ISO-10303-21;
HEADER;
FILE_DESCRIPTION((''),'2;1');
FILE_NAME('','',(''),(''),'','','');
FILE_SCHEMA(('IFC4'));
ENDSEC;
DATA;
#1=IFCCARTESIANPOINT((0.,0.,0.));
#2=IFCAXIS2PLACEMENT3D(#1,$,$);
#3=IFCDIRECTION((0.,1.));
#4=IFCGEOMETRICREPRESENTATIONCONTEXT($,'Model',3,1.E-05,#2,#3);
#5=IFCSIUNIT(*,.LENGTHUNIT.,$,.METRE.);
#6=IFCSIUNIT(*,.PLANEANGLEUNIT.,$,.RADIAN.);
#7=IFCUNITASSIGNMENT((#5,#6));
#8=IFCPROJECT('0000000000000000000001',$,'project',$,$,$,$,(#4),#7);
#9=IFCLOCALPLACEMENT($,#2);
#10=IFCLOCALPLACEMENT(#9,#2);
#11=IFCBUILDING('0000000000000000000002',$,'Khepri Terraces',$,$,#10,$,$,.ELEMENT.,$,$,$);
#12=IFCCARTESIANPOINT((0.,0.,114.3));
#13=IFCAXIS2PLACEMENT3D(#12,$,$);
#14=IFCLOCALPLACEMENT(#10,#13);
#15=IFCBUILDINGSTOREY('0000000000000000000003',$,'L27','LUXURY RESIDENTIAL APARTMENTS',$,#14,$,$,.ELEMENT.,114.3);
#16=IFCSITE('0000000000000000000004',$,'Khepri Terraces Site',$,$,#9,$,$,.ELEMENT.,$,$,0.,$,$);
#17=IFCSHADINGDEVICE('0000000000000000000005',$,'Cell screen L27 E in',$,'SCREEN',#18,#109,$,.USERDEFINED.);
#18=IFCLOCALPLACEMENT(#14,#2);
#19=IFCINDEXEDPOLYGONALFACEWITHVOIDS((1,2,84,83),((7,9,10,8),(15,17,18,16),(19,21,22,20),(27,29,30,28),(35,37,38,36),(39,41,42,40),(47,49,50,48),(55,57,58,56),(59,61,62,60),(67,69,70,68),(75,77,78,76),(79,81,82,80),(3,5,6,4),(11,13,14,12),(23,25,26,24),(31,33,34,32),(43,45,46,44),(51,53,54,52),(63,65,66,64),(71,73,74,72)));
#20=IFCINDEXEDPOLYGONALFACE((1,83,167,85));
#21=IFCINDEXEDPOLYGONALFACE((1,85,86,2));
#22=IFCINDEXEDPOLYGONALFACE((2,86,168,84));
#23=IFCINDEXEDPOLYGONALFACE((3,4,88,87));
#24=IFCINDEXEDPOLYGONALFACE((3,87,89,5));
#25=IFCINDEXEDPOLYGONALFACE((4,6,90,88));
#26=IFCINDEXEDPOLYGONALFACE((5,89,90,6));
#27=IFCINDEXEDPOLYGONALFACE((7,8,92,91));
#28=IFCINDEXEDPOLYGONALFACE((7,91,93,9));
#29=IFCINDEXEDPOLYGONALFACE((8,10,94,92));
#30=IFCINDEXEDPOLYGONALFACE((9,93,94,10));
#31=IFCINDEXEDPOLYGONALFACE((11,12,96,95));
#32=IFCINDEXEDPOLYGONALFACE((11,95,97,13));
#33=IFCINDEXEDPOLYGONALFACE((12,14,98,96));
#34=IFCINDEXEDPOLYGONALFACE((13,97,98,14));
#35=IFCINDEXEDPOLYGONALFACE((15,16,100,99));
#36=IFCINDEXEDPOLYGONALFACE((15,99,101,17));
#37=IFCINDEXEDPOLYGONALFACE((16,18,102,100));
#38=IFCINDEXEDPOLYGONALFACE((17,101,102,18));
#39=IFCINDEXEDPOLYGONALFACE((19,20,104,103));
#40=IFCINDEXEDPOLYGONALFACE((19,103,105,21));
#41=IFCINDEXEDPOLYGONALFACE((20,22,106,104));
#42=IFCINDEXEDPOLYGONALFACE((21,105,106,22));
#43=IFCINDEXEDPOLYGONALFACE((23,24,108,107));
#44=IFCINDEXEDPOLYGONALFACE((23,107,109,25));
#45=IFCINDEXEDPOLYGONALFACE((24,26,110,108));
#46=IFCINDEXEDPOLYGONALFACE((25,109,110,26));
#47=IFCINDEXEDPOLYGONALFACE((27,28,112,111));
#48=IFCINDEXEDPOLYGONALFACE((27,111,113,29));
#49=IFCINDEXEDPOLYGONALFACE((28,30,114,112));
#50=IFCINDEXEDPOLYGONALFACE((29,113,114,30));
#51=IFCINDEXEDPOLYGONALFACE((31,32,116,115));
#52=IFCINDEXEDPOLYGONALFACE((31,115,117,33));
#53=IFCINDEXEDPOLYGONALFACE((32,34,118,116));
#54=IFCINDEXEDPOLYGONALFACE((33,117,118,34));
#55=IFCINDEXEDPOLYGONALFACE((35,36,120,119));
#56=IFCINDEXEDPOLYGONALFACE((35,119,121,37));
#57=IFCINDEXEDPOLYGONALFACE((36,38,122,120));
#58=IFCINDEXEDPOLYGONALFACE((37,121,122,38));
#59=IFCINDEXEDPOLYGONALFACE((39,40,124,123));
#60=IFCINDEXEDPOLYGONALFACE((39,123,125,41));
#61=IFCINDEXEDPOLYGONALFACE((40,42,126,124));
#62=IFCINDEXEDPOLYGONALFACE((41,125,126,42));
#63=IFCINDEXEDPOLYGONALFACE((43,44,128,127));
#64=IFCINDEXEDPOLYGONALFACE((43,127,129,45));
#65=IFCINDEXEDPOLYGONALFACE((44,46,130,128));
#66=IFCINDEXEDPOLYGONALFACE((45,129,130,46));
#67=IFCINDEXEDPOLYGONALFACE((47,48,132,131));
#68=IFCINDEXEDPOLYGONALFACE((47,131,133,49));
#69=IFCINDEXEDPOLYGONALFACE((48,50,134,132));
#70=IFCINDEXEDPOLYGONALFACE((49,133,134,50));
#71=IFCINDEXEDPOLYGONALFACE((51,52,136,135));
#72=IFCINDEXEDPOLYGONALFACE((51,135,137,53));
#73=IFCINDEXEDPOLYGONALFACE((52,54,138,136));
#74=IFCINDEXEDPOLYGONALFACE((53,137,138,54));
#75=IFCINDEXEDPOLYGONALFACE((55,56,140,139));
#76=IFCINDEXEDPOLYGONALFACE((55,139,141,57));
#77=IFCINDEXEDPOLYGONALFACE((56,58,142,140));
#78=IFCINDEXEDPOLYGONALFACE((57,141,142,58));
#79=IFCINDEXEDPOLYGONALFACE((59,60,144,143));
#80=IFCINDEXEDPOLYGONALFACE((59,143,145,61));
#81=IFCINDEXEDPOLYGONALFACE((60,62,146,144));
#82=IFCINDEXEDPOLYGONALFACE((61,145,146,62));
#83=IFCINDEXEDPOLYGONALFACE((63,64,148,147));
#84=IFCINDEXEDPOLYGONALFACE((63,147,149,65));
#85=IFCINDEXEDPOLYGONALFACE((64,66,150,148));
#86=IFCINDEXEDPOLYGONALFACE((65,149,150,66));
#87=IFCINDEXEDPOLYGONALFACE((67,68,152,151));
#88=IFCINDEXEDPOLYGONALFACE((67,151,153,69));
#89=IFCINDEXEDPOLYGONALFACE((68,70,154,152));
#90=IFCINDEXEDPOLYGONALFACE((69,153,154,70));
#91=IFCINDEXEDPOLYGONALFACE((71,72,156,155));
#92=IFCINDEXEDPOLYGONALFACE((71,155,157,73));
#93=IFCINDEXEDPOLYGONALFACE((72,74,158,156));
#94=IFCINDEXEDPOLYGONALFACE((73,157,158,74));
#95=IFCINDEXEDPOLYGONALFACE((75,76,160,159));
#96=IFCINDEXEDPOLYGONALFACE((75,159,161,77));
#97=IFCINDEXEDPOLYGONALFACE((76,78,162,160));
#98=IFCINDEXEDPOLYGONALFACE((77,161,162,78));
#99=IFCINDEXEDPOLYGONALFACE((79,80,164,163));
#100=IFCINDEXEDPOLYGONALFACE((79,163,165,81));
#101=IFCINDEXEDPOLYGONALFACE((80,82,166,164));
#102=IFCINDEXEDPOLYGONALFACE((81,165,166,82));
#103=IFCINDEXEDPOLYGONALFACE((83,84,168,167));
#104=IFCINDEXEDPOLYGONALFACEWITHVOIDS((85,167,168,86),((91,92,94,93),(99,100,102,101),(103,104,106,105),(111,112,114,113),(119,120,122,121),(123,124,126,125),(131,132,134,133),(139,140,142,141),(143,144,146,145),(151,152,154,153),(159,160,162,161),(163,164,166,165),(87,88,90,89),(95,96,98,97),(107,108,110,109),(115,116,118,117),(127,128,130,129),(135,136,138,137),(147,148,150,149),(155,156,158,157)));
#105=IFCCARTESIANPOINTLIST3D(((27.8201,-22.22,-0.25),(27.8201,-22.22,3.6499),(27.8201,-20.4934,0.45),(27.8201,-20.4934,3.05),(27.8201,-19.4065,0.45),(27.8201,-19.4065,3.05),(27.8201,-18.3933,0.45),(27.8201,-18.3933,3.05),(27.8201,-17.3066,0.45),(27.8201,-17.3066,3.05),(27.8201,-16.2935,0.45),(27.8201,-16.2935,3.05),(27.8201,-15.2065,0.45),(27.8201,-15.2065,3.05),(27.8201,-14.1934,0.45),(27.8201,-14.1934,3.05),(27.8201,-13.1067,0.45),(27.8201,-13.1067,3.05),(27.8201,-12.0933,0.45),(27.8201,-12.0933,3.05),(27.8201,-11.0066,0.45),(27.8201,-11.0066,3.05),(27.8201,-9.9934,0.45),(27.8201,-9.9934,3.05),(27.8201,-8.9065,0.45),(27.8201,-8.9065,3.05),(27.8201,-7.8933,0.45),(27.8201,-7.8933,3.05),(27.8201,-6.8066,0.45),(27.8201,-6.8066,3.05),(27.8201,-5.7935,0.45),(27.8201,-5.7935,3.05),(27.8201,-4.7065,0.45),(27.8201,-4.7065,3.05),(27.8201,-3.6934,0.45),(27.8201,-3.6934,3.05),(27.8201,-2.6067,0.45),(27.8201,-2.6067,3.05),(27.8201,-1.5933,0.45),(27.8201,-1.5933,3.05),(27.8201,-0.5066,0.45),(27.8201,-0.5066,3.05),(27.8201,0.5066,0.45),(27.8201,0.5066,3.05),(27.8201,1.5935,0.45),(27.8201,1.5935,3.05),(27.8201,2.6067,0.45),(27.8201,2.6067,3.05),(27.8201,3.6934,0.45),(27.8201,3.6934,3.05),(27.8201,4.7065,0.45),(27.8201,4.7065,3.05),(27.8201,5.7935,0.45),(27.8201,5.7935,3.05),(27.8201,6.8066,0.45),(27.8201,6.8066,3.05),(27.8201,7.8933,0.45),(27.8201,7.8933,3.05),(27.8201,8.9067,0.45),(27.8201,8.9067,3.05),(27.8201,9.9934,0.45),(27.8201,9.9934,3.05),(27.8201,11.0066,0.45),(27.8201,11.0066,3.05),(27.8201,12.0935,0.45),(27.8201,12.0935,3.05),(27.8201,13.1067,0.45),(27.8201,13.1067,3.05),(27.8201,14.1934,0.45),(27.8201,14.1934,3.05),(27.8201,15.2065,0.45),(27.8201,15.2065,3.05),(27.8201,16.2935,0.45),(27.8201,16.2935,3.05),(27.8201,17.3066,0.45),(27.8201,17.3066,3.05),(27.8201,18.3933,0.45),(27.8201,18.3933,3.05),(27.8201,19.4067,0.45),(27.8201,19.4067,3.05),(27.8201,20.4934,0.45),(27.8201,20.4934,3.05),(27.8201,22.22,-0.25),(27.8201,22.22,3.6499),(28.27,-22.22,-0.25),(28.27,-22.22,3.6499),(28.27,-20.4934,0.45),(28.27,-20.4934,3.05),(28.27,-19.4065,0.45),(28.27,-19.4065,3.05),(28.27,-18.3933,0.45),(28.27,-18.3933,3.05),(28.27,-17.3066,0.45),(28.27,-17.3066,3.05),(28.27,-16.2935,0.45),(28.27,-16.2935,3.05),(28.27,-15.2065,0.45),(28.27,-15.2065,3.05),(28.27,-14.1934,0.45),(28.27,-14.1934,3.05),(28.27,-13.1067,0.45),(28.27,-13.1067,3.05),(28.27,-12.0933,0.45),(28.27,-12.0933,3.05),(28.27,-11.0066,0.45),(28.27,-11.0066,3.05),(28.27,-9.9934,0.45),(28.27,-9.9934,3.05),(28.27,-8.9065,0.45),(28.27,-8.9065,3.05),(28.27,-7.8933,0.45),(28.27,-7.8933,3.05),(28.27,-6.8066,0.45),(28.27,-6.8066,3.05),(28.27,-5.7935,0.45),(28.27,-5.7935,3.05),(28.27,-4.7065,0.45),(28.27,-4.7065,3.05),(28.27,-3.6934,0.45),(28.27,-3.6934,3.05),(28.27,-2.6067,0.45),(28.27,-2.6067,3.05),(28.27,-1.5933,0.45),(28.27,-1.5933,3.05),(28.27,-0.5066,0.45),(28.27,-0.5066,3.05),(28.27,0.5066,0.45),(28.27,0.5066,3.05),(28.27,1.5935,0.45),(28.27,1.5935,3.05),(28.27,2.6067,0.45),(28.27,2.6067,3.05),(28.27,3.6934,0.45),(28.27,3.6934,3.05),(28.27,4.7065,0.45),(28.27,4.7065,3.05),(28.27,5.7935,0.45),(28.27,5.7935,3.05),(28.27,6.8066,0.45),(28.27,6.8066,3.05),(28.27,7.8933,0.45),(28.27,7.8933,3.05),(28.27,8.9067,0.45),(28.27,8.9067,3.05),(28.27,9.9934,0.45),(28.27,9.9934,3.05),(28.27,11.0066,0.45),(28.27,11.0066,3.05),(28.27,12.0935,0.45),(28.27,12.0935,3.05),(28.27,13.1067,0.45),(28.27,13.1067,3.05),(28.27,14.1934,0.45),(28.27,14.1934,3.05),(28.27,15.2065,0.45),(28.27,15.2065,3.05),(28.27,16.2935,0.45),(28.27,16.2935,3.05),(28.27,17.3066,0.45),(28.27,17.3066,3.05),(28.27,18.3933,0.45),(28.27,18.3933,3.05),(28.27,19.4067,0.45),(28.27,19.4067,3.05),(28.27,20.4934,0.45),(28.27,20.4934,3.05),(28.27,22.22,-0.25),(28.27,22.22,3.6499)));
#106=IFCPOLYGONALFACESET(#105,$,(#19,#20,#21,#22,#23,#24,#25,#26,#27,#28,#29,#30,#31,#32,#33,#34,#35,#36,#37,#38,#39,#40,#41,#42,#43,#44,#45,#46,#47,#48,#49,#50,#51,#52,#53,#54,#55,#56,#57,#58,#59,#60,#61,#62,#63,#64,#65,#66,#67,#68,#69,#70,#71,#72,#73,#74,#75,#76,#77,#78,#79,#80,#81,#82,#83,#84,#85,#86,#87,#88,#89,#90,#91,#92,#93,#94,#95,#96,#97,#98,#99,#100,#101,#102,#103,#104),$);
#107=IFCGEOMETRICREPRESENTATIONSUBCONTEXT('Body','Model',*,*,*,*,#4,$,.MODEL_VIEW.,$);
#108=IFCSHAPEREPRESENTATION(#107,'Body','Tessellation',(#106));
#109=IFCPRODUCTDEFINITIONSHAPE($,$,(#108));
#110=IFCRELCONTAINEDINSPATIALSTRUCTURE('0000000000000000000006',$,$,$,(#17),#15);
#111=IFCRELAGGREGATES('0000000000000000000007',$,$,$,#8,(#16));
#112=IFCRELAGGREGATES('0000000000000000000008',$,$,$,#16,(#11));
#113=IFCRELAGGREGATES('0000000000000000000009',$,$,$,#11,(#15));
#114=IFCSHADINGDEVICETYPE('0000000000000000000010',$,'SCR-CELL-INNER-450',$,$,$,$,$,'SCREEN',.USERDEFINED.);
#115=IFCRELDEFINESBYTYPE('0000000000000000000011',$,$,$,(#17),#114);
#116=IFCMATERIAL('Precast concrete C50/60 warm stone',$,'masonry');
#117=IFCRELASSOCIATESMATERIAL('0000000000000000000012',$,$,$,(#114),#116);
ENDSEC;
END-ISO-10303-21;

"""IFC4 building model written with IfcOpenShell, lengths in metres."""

from ifc_helpers import new_model, si_unit, direction, frame, origin, place, context, subcontext, project, spatial, polyline, outline, extrude, material, type_object, element, save


model = new_model("IFC4")

# Units and contexts
model_context = context("Model", 3, precision=1e-05, world=origin(), true_north=direction((0.0, 1.0)))
body_context = subcontext(model_context, "Body", "Model", "MODEL_VIEW")
ifc_project = project(units=[si_unit("LENGTHUNIT", "METRE"), si_unit("PLANEANGLEUNIT", "RADIAN")], contexts=[model_context])

# Site, building, storey
site_placement = place(None, origin())
site = spatial("IfcSite", under=ifc_project, at=site_placement, Name="Khepri Terraces Site", CompositionType="ELEMENT", RefElevation=0.0)
building_placement = place(site_placement, origin())
building = spatial("IfcBuilding", under=site, at=building_placement, Name="Khepri Terraces", CompositionType="ELEMENT")
storey_placement = place(building_placement, frame((0.0, 0.0, 114.3)))
storey = spatial("IfcBuildingStorey", under=building, at=storey_placement, Name="L27", Description="LUXURY RESIDENTIAL APARTMENTS", CompositionType="ELEMENT", Elevation=114.3)

# Shared definitions
ifc_material_1 = material(Name="Precast concrete C50/60 warm stone", Category="masonry")

# Shading device
shading_device_type_1 = type_object("IfcShadingDeviceType", Name="SCR-CELL-INNER-450", ElementType="SCREEN", PredefinedType="USERDEFINED", material=ifc_material_1)
shading_device_1_placement = place(storey_placement, frame((27.8201, -22.22, -0.25), z_axis=(1.0, 0.0, 0.0), x_axis=(0.0, 1.0, 0.0)))
element("IfcShadingDevice", 1, at=shading_device_1_placement, inside=storey, type_object=shading_device_type_1, Name="Cell screen L27 E in", ObjectType="SCREEN", PredefinedType="USERDEFINED", context=body_context, shape_type="SweptSolid", body=[
    extrude(outline(polyline([(0.0, 0.0), (44.4399, 0.0), (44.4399, 3.8999), (0.0, 3.8999), (0.0, 0.0)]), holes=[polyline([(1.7266, 0.7), (2.8135, 0.7), (2.8135, 3.3), (1.7266, 3.3), (1.7266, 0.7)]), polyline([(3.8267, 0.7), (4.9133, 0.7), (4.9133, 3.3), (3.8267, 3.3), (3.8267, 0.7)]), polyline([(5.9265, 0.7), (7.0134, 0.7), (7.0134, 3.3), (5.9265, 3.3), (5.9265, 0.7)]), polyline([(8.0266, 0.7), (9.1133, 0.7), (9.1133, 3.3), (8.0266, 3.3), (8.0266, 0.7)]), polyline([(10.1267, 0.7), (11.2134, 0.7), (11.2134, 3.3), (10.1267, 3.3), (10.1267, 0.7)]), polyline([(12.2266, 0.7), (13.3135, 0.7), (13.3135, 3.3), (12.2266, 3.3), (12.2266, 0.7)]), polyline([(14.3267, 0.7), (15.4133, 0.7), (15.4133, 3.3), (14.3267, 3.3), (14.3267, 0.7)]), polyline([(16.4265, 0.7), (17.5134, 0.7), (17.5134, 3.3), (16.4265, 3.3), (16.4265, 0.7)]), polyline([(18.5266, 0.7), (19.6133, 0.7), (19.6133, 3.3), (18.5266, 3.3), (18.5266, 0.7)]), polyline([(20.6267, 0.7), (21.7134, 0.7), (21.7134, 3.3), (20.6267, 3.3), (20.6267, 0.7)]), polyline([(22.7266, 0.7), (23.8135, 0.7), (23.8135, 3.3), (22.7266, 3.3), (22.7266, 0.7)]), polyline([(24.8267, 0.7), (25.9133, 0.7), (25.9133, 3.3), (24.8267, 3.3), (24.8267, 0.7)]), polyline([(26.9265, 0.7), (28.0134, 0.7), (28.0134, 3.3), (26.9265, 3.3), (26.9265, 0.7)]), polyline([(29.0266, 0.7), (30.1133, 0.7), (30.1133, 3.3), (29.0266, 3.3), (29.0266, 0.7)]), polyline([(31.1267, 0.7), (32.2134, 0.7), (32.2134, 3.3), (31.1267, 3.3), (31.1267, 0.7)]), polyline([(33.2266, 0.7), (34.3135, 0.7), (34.3135, 3.3), (33.2266, 3.3), (33.2266, 0.7)]), polyline([(35.3267, 0.7), (36.4133, 0.7), (36.4133, 3.3), (35.3267, 3.3), (35.3267, 0.7)]), polyline([(37.4265, 0.7), (38.5134, 0.7), (38.5134, 3.3), (37.4265, 3.3), (37.4265, 0.7)]), polyline([(39.5266, 0.7), (40.6133, 0.7), (40.6133, 3.3), (39.5266, 3.3), (39.5266, 0.7)]), polyline([(41.6267, 0.7), (42.7134, 0.7), (42.7134, 3.3), (41.6267, 3.3), (41.6267, 0.7)])]), origin(), (0.0, 0.0, 1.0), 0.45),
])

save(model, "model.ifc")
